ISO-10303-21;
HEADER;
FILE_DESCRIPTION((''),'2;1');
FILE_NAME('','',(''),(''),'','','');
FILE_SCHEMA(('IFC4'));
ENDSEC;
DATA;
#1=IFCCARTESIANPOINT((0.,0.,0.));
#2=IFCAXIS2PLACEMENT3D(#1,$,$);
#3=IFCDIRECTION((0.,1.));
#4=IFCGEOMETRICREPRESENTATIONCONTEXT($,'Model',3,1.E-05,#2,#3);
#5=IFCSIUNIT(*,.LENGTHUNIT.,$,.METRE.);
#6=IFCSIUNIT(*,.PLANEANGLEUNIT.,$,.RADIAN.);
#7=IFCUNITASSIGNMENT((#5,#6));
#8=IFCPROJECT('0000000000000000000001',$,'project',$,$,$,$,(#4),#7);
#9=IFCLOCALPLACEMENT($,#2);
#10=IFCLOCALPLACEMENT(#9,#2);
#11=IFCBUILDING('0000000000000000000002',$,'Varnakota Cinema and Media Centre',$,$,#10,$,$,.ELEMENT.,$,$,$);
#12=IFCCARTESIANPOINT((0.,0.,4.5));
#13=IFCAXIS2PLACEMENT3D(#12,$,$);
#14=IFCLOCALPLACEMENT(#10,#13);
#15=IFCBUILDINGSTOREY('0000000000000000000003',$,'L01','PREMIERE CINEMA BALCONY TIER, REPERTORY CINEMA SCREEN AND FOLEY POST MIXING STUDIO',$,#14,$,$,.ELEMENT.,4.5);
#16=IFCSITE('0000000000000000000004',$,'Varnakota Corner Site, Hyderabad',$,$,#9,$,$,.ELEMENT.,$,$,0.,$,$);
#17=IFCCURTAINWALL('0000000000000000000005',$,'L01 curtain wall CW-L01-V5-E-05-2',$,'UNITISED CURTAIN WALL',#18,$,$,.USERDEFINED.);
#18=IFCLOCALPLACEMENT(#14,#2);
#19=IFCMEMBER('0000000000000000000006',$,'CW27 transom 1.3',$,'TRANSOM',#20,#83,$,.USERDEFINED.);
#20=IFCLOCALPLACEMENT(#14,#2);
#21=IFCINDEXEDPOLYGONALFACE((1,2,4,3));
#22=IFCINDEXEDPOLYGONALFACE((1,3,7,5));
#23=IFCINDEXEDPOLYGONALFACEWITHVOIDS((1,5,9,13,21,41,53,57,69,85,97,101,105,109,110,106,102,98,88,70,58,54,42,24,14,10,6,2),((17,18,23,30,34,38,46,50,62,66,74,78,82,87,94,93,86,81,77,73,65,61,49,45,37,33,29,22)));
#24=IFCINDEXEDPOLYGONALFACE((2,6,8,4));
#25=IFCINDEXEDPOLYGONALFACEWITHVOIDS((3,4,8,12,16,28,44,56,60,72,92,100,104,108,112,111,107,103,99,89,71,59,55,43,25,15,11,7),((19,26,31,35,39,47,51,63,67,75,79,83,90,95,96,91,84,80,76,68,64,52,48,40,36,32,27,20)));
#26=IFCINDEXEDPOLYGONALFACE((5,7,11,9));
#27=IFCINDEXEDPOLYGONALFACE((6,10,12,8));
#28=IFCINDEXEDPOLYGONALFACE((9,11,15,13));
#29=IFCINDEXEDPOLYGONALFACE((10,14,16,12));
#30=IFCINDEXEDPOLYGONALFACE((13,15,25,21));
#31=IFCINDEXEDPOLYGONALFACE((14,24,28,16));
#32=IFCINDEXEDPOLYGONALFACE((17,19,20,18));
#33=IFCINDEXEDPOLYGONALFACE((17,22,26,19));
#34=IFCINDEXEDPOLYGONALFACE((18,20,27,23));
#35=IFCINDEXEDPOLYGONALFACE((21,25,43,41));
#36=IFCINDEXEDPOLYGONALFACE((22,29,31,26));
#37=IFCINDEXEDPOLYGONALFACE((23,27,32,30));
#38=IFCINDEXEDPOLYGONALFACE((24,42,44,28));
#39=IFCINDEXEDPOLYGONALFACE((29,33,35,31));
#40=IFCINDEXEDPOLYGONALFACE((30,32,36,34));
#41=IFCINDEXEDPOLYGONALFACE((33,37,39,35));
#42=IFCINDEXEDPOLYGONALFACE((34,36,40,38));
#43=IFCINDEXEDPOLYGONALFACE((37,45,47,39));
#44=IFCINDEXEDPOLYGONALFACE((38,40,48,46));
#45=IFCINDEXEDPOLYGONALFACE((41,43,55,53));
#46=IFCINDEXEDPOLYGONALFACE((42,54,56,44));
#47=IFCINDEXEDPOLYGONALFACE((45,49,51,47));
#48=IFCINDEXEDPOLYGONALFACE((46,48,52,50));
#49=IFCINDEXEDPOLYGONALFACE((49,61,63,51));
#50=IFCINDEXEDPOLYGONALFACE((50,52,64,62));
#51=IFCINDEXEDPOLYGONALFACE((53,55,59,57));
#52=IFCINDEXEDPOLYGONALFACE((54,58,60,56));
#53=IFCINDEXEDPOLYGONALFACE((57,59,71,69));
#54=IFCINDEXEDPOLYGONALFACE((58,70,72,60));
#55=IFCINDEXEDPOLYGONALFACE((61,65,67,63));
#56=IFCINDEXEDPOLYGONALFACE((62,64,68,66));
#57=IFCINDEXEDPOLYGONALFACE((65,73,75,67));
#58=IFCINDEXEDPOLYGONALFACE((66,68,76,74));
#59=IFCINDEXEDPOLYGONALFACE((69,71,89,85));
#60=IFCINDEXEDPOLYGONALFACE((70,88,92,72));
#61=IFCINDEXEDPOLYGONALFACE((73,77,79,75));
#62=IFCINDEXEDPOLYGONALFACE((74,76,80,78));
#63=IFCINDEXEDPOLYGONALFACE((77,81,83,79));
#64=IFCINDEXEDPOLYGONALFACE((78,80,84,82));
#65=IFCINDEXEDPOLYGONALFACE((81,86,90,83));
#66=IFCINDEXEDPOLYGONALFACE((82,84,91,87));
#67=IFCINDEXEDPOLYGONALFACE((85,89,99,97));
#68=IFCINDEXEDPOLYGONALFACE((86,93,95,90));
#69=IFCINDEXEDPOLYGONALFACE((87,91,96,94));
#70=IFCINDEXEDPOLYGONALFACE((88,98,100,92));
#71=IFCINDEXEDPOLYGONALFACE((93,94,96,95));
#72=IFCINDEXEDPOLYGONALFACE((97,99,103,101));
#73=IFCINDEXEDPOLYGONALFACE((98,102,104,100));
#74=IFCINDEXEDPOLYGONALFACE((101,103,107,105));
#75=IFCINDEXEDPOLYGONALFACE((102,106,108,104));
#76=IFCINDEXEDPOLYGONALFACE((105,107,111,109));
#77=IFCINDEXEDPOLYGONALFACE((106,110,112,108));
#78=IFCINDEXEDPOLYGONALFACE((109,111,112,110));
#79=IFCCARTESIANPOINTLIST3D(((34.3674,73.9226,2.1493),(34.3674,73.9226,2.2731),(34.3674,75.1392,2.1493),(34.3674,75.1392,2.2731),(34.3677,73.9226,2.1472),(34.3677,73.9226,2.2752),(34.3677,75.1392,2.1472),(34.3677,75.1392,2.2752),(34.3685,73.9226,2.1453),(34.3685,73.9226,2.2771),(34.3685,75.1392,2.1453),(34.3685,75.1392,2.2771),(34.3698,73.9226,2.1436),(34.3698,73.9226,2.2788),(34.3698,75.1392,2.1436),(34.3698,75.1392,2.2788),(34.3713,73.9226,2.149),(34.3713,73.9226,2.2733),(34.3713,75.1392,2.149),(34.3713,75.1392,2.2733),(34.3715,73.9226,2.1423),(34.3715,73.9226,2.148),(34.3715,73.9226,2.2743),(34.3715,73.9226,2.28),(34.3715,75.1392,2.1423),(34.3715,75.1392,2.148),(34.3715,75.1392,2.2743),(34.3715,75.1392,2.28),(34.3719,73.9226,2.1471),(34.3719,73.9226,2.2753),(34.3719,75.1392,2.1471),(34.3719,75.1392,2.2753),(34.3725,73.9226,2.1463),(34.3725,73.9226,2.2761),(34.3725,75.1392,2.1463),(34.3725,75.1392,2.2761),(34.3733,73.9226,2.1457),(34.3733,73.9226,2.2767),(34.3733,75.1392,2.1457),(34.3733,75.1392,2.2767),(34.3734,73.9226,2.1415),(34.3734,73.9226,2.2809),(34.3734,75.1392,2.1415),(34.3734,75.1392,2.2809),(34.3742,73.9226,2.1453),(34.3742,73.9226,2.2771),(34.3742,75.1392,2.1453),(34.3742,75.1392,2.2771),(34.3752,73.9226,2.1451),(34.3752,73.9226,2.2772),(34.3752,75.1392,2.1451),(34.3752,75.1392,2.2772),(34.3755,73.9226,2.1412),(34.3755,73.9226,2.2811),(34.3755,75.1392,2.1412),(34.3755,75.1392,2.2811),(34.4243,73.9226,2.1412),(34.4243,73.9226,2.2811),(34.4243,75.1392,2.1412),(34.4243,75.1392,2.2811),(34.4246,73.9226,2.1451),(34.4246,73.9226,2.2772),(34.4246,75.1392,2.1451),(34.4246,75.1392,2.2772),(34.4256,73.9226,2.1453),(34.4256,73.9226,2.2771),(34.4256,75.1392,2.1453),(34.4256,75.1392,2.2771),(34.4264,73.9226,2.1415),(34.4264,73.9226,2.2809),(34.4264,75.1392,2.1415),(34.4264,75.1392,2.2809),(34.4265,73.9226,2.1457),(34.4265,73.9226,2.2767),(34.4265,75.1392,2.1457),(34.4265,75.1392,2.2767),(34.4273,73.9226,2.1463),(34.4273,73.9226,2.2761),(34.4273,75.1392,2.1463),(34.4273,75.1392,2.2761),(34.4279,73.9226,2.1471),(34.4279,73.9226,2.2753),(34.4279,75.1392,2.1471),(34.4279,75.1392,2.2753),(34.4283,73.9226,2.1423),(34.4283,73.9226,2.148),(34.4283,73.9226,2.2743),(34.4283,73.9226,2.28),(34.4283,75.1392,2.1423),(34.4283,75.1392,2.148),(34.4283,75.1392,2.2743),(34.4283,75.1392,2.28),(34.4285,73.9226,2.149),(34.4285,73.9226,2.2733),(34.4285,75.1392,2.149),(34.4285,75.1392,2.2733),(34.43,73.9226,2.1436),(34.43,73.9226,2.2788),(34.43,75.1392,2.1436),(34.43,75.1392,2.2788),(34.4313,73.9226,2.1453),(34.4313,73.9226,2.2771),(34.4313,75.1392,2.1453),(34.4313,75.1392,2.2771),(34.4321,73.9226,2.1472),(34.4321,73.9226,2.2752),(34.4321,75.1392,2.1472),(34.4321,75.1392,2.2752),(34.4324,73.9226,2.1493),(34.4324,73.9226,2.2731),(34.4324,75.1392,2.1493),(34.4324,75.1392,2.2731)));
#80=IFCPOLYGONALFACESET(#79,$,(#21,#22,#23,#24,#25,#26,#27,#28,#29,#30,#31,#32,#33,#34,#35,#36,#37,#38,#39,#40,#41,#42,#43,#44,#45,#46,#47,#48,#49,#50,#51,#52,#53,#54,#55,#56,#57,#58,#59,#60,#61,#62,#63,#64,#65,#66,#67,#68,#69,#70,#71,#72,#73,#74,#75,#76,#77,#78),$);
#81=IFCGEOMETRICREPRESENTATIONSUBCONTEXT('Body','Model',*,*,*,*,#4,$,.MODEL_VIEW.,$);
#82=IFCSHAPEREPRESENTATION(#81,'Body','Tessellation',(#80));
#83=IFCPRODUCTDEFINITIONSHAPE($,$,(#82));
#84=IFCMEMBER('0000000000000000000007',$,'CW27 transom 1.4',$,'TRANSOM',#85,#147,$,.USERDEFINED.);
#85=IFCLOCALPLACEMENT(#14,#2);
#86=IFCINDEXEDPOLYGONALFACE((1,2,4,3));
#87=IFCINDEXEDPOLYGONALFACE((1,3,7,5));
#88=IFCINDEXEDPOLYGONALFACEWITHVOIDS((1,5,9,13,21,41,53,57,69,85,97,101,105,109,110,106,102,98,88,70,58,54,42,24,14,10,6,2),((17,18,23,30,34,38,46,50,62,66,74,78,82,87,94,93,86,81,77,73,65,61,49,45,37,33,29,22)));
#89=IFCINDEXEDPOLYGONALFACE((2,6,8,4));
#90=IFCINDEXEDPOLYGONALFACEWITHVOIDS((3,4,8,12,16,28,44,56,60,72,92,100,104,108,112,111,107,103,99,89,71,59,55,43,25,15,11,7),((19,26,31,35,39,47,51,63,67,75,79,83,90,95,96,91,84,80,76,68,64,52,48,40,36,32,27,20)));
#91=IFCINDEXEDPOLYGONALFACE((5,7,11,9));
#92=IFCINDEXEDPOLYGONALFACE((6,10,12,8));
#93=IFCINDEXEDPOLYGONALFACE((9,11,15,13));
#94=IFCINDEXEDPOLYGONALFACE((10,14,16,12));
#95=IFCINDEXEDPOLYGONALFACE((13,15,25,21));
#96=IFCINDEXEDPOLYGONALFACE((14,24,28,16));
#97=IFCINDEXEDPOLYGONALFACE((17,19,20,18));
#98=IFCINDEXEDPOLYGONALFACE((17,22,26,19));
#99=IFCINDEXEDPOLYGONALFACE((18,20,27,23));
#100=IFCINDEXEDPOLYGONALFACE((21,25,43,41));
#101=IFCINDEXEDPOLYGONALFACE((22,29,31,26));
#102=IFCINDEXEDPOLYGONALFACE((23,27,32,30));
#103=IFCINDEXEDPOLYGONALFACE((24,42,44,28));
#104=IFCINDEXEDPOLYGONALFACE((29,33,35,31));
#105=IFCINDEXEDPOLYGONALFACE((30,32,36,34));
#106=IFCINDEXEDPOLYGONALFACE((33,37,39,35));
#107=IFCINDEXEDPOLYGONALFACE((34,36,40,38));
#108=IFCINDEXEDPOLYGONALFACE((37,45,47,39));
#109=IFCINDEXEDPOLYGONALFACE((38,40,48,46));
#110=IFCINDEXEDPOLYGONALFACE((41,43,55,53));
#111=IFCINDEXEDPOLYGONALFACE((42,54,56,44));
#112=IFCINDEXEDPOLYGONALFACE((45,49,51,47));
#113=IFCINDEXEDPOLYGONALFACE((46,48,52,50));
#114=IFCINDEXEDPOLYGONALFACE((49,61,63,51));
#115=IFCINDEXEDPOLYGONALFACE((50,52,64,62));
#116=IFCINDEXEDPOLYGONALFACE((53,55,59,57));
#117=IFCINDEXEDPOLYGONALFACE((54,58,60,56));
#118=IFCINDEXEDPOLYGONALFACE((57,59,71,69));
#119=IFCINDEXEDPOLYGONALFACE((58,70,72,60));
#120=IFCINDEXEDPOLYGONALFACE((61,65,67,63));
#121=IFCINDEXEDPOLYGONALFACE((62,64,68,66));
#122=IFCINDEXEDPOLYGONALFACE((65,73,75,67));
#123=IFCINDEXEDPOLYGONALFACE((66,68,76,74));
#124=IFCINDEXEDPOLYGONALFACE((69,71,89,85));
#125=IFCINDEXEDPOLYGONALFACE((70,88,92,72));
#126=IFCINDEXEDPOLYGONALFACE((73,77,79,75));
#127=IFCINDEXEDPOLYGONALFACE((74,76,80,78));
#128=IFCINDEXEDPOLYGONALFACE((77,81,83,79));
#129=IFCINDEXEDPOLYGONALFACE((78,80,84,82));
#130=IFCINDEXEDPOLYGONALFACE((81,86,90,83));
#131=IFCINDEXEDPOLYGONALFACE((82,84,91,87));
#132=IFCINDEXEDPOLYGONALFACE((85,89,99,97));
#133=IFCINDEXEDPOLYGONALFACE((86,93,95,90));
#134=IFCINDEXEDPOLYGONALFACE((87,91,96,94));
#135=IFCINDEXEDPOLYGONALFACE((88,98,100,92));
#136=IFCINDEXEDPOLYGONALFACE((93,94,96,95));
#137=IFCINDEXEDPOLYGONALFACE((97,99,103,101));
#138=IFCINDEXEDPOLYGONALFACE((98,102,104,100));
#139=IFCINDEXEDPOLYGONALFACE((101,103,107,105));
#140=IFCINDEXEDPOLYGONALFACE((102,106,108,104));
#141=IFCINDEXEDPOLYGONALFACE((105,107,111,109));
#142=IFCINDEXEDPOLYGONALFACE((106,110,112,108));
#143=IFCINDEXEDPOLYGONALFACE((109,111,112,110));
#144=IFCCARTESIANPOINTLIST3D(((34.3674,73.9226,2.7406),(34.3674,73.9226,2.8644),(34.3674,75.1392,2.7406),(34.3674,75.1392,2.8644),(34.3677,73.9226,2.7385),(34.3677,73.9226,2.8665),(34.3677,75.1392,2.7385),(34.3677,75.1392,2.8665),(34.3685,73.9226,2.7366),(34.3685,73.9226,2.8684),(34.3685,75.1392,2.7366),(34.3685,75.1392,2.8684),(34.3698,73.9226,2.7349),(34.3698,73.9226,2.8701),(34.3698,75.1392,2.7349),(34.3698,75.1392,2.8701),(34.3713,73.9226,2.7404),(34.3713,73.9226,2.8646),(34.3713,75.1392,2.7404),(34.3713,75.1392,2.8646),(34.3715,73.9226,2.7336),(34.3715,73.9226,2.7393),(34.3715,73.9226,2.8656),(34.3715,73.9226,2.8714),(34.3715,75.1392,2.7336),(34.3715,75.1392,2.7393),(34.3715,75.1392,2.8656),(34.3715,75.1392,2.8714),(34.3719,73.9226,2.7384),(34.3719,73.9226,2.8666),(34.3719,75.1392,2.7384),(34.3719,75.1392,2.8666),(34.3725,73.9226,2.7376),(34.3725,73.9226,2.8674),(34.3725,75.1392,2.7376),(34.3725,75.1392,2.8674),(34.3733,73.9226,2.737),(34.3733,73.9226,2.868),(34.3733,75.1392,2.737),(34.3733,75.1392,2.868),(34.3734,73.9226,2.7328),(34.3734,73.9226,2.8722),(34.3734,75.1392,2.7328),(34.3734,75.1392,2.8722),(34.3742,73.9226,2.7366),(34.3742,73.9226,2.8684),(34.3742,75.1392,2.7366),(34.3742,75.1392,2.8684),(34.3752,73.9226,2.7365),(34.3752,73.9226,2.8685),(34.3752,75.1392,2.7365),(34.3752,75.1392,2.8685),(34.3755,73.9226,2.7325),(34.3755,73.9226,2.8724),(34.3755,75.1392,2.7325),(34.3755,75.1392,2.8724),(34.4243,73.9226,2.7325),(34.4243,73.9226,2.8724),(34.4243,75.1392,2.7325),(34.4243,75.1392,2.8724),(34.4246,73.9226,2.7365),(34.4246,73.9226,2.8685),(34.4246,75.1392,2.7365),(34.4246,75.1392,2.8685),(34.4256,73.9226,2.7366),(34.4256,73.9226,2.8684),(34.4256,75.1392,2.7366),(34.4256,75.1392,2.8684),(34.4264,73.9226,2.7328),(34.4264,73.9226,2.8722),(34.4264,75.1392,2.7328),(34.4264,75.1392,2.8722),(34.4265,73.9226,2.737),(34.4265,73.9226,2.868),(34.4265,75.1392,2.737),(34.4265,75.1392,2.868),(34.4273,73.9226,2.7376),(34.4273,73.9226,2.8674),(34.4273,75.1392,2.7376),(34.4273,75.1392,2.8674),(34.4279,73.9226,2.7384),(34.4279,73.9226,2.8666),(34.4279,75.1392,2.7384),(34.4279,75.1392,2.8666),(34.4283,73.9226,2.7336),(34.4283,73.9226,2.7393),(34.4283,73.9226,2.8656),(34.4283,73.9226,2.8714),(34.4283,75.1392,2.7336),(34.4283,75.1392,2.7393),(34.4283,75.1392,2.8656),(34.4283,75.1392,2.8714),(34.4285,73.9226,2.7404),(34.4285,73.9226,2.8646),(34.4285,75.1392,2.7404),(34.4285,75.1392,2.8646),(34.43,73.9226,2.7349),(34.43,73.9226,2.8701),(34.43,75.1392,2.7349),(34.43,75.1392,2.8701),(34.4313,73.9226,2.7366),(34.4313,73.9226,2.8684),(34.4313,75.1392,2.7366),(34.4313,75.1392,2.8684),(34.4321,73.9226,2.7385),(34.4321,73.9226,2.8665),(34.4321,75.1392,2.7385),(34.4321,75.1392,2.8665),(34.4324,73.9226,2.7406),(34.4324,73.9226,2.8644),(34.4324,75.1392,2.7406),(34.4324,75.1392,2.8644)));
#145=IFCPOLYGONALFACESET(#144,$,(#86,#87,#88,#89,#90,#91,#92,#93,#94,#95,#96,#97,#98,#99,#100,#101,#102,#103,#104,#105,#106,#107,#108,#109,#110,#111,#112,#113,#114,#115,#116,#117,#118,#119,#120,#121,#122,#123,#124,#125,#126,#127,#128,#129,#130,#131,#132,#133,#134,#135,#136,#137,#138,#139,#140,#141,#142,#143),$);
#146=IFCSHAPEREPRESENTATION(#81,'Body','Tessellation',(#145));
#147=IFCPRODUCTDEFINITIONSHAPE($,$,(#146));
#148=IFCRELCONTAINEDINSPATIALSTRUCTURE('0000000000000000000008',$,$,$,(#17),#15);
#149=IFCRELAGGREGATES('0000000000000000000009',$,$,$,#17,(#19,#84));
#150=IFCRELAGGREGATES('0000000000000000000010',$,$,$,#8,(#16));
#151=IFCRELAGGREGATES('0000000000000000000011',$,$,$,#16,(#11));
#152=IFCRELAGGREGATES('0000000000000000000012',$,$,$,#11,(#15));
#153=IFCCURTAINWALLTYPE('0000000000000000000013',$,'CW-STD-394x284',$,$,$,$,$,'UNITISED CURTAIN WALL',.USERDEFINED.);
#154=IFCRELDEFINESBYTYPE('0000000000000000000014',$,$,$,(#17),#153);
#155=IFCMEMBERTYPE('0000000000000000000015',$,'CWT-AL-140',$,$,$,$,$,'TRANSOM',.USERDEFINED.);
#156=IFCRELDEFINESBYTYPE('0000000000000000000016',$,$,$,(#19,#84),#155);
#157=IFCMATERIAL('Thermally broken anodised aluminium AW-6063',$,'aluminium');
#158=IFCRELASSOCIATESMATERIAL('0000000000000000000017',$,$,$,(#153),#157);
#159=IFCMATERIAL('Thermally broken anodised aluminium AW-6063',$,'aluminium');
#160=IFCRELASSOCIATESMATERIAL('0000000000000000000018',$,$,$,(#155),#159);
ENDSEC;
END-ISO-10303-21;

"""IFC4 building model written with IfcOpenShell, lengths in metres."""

from ifc_helpers import new_model, si_unit, direction, frame, origin, origin_2d, place, context, subcontext, project, spatial, hollow_rectangle, extrude, material, material_profile, profile_set, type_object, element, aggregate, save


model = new_model("IFC4")

# Units and contexts
model_context = context("Model", 3, precision=1e-05, world=origin(), true_north=direction((0.0, 1.0)))
body_context = subcontext(model_context, "Body", "Model", "MODEL_VIEW")
ifc_project = project(units=[si_unit("LENGTHUNIT", "METRE"), si_unit("PLANEANGLEUNIT", "RADIAN")], contexts=[model_context])

# Site, building, storey
site_placement = place(None, origin())
site = spatial("IfcSite", under=ifc_project, at=site_placement, Name="Varnakota Corner Site, Hyderabad", CompositionType="ELEMENT", RefElevation=0.0)
building_placement = place(site_placement, origin())
building = spatial("IfcBuilding", under=site, at=building_placement, Name="Varnakota Cinema and Media Centre", CompositionType="ELEMENT")
storey_placement = place(building_placement, frame((0.0, 0.0, 4.5)))
storey = spatial("IfcBuildingStorey", under=building, at=storey_placement, Name="L01", Description="PREMIERE CINEMA BALCONY TIER, REPERTORY CINEMA SCREEN AND FOLEY POST MIXING STUDIO", CompositionType="ELEMENT", Elevation=4.5)

# Shared definitions
ifc_material_1 = material(Name="Thermally broken anodised aluminium AW-6063", Category="aluminium")
curtain_wall_type = type_object("IfcCurtainWallType", Name="CW-STD-394x284", ElementType="UNITISED CURTAIN WALL", PredefinedType="USERDEFINED", material=ifc_material_1)

# Curtain wall, members
curtain_wall_1_placement = place(storey_placement, origin())
curtain_wall_1 = element("IfcCurtainWall", 1, at=curtain_wall_1_placement, inside=storey, type_object=curtain_wall_type, Name="L01 curtain wall CW-L01-V5-E-05-2", ObjectType="UNITISED CURTAIN WALL", PredefinedType="USERDEFINED")
ifc_material_2 = material(Name="Thermally broken anodised aluminium AW-6063", Category="aluminium")
ifc_material_profile_1 = material_profile(ifc_material_2, hollow_rectangle(XDim=0.0649, YDim=0.1399, WallThickness=0.0039, InnerFilletRadius=0.0039, OuterFilletRadius=0.0081, at=origin_2d()), Name="AL-TRANSOM 140x65x4")
ifc_profile_set_1 = profile_set([ifc_material_profile_1], Name="Thermally broken anodised aluminium AW-6063")
member_type_1 = type_object("IfcMemberType", Name="CWT-AL-140", ElementType="TRANSOM", PredefinedType="USERDEFINED", material=ifc_profile_set_1)
member_1_placement = place(storey_placement, frame((34.3999, 73.9226, 2.2112), z_axis=(0.0, 1.0, 0.0), x_axis=(-1.0, 0.0, 0.0)))
member_1 = element("IfcMember", 2, at=member_1_placement, type_object=member_type_1, Name="CW27 transom 1.3", ObjectType="TRANSOM", PredefinedType="USERDEFINED", context=body_context, shape_type="SweptSolid", body=[
    extrude(hollow_rectangle(XDim=0.0649, YDim=0.1399, WallThickness=0.0039, InnerFilletRadius=0.0039, OuterFilletRadius=0.0081, at=origin_2d()), origin(), (0.0, 0.0, 1.0), 1.2166),
])
member_2_placement = place(storey_placement, frame((34.3999, 73.9226, 2.8025), z_axis=(0.0, 1.0, 0.0), x_axis=(-1.0, 0.0, 0.0)))
member_2 = element("IfcMember", 3, at=member_2_placement, type_object=member_type_1, Name="CW27 transom 1.4", ObjectType="TRANSOM", PredefinedType="USERDEFINED", context=body_context, shape_type="SweptSolid", body=[
    extrude(hollow_rectangle(XDim=0.0649, YDim=0.1399, WallThickness=0.0039, InnerFilletRadius=0.0039, OuterFilletRadius=0.0081, at=origin_2d()), origin(), (0.0, 0.0, 1.0), 1.2166),
])

aggregate(curtain_wall_1, [member_1, member_2])

save(model, "model.ifc")
